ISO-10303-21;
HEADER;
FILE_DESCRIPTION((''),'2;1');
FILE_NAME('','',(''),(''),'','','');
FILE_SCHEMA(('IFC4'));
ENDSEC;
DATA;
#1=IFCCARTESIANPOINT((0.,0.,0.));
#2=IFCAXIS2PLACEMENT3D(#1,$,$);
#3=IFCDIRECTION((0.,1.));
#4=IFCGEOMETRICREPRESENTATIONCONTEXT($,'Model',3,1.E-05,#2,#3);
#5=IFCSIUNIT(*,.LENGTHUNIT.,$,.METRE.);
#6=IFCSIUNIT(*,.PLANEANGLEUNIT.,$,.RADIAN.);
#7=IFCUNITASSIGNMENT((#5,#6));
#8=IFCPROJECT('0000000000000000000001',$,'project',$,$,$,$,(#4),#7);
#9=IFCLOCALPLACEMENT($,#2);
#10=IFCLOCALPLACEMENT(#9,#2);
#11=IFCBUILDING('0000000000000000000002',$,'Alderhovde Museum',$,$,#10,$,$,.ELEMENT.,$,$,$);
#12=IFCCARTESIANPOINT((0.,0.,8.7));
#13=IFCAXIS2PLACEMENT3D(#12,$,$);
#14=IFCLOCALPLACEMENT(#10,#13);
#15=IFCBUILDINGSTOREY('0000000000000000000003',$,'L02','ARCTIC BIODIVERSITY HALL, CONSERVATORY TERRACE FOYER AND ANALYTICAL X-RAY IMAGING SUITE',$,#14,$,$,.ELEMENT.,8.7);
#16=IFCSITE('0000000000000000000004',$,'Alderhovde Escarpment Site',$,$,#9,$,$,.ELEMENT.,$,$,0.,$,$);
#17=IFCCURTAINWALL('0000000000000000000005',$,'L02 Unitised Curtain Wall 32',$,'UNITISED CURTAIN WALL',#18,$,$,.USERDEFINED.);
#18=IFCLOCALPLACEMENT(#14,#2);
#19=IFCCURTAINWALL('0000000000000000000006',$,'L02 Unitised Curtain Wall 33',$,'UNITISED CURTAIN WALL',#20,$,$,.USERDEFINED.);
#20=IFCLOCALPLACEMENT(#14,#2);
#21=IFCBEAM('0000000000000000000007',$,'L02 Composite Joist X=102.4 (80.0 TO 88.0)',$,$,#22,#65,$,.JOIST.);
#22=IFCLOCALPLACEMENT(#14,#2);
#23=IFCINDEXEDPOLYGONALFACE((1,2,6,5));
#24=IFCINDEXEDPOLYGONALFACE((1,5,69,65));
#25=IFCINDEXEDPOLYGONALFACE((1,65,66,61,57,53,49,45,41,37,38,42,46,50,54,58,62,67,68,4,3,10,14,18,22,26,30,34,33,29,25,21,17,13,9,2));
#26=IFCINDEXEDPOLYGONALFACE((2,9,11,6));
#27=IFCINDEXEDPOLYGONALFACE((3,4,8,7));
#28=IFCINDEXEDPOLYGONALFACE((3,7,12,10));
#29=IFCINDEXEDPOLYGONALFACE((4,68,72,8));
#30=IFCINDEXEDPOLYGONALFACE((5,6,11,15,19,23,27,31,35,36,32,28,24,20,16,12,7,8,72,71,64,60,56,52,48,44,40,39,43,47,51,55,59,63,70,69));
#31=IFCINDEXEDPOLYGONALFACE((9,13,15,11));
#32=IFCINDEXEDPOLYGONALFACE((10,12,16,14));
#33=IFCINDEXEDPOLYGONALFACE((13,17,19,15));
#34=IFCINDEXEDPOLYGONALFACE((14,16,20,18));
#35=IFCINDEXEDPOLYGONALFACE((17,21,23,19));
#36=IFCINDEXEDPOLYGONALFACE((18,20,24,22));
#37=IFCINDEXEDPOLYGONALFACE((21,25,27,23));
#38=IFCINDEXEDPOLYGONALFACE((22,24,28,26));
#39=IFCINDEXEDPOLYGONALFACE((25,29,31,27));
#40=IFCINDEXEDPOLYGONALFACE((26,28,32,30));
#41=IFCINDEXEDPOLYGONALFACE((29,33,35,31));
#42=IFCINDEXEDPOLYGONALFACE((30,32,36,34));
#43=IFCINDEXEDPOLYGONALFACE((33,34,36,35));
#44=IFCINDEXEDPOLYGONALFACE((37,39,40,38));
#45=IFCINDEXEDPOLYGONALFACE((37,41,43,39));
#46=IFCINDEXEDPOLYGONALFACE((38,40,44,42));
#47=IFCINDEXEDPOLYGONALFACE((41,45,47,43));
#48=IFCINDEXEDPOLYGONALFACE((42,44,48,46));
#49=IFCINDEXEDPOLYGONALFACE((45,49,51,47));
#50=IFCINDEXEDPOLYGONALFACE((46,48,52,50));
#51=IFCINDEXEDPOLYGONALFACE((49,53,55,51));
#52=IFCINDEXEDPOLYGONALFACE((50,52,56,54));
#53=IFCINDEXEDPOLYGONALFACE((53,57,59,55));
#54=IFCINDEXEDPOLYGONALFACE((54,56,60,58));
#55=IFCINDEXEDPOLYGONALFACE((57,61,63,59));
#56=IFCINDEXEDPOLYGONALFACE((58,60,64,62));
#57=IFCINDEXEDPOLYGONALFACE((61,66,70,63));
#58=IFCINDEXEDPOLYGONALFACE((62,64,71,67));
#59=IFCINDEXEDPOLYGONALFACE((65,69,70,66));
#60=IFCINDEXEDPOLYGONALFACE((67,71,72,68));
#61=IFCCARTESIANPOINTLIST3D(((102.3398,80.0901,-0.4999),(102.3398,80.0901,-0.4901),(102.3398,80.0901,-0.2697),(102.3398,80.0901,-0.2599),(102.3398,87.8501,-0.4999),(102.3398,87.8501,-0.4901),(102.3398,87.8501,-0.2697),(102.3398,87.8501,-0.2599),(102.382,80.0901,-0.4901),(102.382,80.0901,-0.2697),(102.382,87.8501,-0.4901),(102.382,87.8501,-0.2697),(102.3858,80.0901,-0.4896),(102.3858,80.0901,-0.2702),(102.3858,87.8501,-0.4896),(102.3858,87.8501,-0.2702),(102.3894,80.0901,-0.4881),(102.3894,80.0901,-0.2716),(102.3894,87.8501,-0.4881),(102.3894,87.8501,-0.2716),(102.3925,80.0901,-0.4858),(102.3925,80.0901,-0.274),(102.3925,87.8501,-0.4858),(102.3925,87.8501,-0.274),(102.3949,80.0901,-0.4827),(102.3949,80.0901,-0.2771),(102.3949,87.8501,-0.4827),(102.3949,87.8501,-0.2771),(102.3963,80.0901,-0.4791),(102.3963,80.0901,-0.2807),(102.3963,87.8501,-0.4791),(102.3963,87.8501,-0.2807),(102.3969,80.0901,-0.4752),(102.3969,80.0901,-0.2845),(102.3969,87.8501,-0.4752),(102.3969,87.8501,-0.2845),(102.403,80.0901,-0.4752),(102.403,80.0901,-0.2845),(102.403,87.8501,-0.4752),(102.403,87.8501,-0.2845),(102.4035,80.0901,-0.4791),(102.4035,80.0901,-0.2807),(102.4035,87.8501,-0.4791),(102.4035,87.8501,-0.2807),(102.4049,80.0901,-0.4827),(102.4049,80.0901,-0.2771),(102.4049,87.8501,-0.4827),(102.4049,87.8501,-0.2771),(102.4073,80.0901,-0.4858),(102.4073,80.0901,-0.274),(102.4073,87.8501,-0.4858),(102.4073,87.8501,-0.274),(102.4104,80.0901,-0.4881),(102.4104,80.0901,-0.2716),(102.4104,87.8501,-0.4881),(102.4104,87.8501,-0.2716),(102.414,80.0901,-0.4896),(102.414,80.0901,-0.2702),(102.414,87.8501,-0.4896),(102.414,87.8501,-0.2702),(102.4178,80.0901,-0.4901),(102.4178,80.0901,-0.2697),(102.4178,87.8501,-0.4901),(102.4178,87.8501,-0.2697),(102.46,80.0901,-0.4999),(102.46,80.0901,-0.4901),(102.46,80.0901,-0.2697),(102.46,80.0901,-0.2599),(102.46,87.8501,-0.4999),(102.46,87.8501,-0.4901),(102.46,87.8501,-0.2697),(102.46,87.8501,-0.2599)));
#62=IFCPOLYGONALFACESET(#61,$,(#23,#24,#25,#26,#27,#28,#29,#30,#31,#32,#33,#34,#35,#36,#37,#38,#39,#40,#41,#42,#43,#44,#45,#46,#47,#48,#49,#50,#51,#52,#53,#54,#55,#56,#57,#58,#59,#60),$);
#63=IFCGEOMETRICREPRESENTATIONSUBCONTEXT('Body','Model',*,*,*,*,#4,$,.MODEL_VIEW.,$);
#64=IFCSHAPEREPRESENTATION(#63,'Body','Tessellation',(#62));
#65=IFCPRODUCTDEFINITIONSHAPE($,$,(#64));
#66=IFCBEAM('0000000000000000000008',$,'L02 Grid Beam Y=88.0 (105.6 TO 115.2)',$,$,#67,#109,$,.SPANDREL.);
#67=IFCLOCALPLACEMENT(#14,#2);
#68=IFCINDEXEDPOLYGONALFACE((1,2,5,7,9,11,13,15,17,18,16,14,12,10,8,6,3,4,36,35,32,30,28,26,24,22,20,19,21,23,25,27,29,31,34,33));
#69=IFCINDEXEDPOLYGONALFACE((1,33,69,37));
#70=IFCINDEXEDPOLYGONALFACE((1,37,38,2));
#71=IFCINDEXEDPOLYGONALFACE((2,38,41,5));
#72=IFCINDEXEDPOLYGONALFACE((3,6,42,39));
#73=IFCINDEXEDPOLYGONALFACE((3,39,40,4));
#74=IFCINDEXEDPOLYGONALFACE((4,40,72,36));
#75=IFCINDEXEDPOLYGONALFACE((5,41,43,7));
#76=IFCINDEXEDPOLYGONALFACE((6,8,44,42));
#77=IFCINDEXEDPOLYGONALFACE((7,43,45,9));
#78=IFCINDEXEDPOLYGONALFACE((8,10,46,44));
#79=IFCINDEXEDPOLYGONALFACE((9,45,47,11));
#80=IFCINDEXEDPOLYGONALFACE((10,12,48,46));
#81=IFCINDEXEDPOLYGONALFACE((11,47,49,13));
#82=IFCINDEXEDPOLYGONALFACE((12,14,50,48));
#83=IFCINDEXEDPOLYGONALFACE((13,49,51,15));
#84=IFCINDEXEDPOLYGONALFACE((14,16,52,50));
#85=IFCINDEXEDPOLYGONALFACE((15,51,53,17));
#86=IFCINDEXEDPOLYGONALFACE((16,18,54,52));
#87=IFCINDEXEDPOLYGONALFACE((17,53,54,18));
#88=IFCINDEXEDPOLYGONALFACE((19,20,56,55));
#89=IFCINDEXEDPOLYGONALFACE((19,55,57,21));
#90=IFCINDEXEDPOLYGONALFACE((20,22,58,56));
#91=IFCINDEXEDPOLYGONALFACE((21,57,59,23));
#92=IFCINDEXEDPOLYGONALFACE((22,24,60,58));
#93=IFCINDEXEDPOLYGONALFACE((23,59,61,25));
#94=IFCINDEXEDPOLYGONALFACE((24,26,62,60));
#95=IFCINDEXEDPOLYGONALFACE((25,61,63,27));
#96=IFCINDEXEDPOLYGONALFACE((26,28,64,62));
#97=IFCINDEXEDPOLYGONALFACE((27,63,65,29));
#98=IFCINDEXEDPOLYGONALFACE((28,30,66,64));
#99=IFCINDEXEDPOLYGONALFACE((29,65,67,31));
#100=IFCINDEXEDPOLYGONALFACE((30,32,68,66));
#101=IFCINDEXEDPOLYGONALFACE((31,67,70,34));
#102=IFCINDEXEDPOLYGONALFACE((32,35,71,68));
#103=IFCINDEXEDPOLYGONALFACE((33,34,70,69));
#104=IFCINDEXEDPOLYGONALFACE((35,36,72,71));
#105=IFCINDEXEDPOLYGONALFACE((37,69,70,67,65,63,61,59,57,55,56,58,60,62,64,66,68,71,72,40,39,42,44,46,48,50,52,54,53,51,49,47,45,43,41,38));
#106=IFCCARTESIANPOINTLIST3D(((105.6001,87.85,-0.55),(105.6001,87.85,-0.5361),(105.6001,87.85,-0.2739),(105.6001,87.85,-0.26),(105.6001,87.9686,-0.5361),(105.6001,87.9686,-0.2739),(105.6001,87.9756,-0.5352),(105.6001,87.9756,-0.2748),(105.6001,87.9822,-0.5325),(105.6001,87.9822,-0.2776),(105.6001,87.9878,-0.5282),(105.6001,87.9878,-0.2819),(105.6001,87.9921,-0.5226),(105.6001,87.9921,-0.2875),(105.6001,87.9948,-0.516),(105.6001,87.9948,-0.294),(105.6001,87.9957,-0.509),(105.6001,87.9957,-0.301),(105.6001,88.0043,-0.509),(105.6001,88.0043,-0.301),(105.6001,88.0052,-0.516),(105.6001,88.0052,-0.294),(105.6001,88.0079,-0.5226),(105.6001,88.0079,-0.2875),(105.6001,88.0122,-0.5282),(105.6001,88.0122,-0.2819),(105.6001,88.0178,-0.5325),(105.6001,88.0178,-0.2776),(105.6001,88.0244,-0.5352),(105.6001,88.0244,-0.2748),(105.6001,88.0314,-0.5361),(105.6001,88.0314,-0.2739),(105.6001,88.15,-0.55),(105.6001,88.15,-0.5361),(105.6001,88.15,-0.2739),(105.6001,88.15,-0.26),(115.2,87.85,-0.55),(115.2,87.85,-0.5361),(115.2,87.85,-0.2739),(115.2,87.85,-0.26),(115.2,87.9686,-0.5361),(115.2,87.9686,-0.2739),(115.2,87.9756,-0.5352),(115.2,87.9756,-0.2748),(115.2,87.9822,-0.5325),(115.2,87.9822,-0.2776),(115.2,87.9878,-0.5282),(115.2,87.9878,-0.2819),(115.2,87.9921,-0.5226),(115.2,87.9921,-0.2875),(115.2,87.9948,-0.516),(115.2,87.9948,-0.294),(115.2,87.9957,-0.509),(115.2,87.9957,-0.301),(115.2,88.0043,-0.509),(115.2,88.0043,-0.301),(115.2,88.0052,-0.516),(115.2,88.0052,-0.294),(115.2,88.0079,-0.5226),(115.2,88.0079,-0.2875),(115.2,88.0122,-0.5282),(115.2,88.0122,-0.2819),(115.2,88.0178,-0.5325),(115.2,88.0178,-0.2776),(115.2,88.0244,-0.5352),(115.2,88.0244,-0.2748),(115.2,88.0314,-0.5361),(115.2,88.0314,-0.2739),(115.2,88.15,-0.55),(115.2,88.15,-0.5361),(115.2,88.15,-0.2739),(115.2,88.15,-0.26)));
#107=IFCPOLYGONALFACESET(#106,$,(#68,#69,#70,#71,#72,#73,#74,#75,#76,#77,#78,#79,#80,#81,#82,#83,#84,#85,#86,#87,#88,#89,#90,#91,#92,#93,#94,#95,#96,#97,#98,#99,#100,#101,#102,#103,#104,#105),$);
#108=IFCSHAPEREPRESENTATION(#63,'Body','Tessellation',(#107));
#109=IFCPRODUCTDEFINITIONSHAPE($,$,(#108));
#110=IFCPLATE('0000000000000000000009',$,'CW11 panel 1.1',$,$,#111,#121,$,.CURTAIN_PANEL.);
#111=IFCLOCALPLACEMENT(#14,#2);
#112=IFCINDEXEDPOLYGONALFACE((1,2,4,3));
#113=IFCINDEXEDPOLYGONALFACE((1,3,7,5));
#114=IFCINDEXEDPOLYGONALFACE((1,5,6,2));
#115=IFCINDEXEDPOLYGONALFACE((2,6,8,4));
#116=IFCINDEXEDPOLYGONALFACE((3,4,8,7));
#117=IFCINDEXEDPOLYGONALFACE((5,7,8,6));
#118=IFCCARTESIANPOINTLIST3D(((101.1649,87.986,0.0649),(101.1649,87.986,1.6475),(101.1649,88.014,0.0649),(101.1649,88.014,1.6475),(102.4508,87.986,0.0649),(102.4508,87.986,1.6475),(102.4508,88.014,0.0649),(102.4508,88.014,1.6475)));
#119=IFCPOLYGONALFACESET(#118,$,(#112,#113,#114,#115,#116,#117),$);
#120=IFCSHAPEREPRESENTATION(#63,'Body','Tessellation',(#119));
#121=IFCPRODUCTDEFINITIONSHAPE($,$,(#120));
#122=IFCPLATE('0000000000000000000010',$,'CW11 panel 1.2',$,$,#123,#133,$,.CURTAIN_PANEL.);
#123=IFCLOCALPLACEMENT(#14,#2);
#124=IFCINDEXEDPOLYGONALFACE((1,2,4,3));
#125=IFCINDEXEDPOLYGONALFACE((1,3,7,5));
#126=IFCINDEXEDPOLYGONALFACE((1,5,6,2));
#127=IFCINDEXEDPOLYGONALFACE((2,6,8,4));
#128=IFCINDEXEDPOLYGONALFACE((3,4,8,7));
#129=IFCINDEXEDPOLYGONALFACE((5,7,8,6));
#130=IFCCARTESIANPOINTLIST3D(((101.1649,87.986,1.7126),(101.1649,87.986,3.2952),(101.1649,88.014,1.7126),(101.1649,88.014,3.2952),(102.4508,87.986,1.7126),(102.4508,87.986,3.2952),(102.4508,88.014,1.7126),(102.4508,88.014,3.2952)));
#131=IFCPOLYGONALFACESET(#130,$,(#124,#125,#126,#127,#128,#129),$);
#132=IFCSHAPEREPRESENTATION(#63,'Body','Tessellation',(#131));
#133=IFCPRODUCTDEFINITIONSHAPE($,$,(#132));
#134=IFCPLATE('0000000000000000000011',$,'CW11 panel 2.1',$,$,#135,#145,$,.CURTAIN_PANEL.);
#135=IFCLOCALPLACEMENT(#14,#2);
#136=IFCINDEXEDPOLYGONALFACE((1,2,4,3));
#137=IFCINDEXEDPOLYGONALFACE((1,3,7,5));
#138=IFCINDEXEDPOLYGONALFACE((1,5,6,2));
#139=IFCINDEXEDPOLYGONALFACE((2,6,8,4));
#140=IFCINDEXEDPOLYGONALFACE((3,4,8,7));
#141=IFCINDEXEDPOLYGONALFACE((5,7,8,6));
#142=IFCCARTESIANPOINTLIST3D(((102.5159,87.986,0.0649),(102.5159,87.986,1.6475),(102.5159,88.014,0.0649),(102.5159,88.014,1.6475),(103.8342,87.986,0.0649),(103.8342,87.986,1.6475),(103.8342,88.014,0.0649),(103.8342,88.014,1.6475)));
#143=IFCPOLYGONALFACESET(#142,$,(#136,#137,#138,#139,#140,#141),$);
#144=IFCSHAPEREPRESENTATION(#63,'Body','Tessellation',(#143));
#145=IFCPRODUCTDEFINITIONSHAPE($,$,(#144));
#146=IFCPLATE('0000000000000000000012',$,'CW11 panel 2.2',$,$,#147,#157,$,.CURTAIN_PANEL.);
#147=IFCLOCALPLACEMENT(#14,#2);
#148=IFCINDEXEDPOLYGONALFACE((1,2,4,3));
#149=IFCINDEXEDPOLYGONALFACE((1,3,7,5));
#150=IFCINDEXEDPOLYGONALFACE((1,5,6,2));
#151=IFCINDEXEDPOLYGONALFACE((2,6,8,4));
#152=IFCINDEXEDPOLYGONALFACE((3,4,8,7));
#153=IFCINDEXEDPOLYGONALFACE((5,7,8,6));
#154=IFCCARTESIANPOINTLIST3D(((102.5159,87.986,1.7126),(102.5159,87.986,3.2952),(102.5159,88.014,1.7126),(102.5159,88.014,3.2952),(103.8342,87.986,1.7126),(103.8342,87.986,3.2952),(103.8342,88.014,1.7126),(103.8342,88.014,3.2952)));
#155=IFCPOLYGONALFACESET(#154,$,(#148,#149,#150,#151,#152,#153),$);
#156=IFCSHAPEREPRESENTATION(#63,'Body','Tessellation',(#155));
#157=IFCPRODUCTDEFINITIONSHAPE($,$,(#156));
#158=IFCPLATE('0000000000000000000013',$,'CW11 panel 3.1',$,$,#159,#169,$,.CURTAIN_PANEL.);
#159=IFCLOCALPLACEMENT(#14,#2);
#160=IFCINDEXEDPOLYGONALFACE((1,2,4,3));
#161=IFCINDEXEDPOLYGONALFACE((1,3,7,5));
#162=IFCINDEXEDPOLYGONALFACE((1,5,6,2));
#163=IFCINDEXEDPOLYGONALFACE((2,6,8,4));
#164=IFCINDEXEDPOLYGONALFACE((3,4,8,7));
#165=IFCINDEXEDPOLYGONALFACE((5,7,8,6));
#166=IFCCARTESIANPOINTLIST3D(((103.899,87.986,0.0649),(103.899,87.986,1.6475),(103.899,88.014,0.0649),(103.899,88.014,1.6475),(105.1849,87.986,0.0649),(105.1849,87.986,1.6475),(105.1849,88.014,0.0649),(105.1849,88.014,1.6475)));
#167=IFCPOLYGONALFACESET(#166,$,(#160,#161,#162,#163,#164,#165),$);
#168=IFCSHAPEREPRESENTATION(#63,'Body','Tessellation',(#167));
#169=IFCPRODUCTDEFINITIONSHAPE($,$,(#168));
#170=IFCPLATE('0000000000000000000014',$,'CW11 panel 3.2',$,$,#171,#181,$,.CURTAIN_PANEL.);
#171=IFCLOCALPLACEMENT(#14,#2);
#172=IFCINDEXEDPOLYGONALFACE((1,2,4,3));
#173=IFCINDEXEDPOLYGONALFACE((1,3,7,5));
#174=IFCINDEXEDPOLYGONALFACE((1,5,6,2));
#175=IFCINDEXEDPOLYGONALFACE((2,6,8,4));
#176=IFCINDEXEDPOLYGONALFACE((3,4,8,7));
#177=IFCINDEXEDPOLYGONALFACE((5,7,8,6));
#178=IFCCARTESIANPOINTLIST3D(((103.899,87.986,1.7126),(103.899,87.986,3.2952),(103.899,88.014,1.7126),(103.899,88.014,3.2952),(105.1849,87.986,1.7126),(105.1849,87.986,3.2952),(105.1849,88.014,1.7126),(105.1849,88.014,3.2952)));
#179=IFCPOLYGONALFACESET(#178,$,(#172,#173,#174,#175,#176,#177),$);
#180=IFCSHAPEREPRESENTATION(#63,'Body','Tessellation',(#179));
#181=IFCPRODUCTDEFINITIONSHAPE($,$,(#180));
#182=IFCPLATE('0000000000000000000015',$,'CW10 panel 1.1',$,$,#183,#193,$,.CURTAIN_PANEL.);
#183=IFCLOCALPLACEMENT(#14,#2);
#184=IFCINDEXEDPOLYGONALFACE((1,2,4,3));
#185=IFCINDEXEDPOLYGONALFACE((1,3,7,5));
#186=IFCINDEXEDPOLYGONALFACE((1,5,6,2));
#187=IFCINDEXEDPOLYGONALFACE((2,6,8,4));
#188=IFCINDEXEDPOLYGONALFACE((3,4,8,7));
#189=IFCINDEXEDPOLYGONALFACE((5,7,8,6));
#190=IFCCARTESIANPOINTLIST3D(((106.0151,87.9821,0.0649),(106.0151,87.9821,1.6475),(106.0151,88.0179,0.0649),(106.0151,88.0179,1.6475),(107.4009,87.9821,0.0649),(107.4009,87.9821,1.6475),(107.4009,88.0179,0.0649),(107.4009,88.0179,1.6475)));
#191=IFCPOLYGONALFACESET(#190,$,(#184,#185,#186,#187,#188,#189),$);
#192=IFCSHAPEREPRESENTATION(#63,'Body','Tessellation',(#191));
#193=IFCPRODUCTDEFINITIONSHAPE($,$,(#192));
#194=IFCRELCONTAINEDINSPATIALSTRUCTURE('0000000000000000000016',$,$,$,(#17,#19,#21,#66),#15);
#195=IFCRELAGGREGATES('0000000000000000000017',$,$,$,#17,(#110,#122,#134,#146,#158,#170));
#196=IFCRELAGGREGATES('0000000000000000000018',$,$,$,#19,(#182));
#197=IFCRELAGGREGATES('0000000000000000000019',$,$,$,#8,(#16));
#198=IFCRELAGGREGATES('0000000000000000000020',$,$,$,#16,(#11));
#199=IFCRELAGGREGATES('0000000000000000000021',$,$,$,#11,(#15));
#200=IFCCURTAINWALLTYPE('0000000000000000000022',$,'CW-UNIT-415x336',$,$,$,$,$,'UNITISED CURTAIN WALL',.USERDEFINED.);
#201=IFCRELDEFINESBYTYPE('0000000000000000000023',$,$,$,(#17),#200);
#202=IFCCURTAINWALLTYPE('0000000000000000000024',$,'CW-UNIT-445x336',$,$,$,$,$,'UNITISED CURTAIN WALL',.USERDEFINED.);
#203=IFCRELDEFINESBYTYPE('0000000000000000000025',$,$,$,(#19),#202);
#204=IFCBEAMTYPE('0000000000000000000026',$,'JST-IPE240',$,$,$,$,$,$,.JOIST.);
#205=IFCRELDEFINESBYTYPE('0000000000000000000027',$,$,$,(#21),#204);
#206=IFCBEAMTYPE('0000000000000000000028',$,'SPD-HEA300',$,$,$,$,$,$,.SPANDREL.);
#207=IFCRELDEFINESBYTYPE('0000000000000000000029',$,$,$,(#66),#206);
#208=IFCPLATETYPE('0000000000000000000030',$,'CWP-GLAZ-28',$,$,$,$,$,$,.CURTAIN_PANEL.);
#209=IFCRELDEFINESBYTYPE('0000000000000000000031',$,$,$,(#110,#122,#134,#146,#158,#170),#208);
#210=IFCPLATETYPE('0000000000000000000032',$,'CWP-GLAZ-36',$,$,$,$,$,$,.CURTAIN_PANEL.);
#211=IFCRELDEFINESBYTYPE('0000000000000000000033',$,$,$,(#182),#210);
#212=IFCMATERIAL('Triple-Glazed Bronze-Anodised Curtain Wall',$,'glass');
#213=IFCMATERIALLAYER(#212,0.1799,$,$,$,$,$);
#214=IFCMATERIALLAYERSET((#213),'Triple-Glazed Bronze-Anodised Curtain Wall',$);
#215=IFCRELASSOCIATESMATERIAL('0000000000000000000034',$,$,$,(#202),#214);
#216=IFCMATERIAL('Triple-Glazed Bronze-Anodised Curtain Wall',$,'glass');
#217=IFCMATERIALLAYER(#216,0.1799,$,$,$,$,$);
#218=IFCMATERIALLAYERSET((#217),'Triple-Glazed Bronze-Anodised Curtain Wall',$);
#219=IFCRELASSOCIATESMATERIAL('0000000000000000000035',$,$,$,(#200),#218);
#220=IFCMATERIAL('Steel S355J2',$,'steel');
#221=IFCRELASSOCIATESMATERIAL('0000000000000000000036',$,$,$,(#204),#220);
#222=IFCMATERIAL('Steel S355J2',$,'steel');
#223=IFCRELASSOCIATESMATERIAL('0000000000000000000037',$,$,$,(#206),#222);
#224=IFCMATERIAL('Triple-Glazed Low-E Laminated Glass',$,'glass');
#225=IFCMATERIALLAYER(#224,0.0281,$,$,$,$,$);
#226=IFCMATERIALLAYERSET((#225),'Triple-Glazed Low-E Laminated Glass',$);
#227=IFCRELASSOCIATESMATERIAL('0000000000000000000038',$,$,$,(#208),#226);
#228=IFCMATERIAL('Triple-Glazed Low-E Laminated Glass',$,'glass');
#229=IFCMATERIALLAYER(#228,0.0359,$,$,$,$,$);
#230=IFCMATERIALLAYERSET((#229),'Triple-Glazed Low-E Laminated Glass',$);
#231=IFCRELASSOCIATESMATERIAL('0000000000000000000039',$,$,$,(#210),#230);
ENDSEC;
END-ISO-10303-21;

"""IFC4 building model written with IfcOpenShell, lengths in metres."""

from ifc_helpers import new_model, si_unit, direction, frame, origin, origin_2d, place, context, subcontext, project, spatial, rectangle, i_section, extrude, material, layer, layer_set, material_profile, profile_set, type_object, element, aggregate, save


model = new_model("IFC4")

# Units and contexts
model_context = context("Model", 3, precision=1e-05, world=origin(), true_north=direction((0.0, 1.0)))
body_context = subcontext(model_context, "Body", "Model", "MODEL_VIEW")
ifc_project = project(units=[si_unit("LENGTHUNIT", "METRE"), si_unit("PLANEANGLEUNIT", "RADIAN")], contexts=[model_context])

# Site, building, storey
site_placement = place(None, origin())
site = spatial("IfcSite", under=ifc_project, at=site_placement, Name="Alderhovde Escarpment Site", CompositionType="ELEMENT", RefElevation=0.0)
building_placement = place(site_placement, origin())
building = spatial("IfcBuilding", under=site, at=building_placement, Name="Alderhovde Museum", CompositionType="ELEMENT")
storey_placement = place(building_placement, frame((0.0, 0.0, 8.7)))
storey = spatial("IfcBuildingStorey", under=building, at=storey_placement, Name="L02", Description="ARCTIC BIODIVERSITY HALL, CONSERVATORY TERRACE FOYER AND ANALYTICAL X-RAY IMAGING SUITE", CompositionType="ELEMENT", Elevation=8.7)

# Shared definitions
ifc_material_1 = material(Name="Triple-Glazed Bronze-Anodised Curtain Wall", Category="glass")
ifc_layer_1 = layer(ifc_material_1, 0.1799)
ifc_layer_set_1 = layer_set([ifc_layer_1], Name="Triple-Glazed Bronze-Anodised Curtain Wall")
curtain_wall_type_1 = type_object("IfcCurtainWallType", Name="CW-UNIT-445x336", ElementType="UNITISED CURTAIN WALL", PredefinedType="USERDEFINED", material=ifc_layer_set_1)

# Curtain walls
ifc_material_2 = material(Name="Triple-Glazed Bronze-Anodised Curtain Wall", Category="glass")
ifc_layer_2 = layer(ifc_material_2, 0.1799)
ifc_layer_set_2 = layer_set([ifc_layer_2], Name="Triple-Glazed Bronze-Anodised Curtain Wall")
curtain_wall_type_2 = type_object("IfcCurtainWallType", Name="CW-UNIT-415x336", ElementType="UNITISED CURTAIN WALL", PredefinedType="USERDEFINED", material=ifc_layer_set_2)
curtain_wall_1_placement = place(storey_placement, origin())
curtain_wall_1 = element("IfcCurtainWall", 1, at=curtain_wall_1_placement, inside=storey, type_object=curtain_wall_type_2, Name="L02 Unitised Curtain Wall 32", ObjectType="UNITISED CURTAIN WALL", PredefinedType="USERDEFINED")
curtain_wall_2_placement = place(storey_placement, origin())
curtain_wall_2 = element("IfcCurtainWall", 2, at=curtain_wall_2_placement, inside=storey, type_object=curtain_wall_type_1, Name="L02 Unitised Curtain Wall 33", ObjectType="UNITISED CURTAIN WALL", PredefinedType="USERDEFINED")

# Beams
ifc_material_3 = material(Name="Steel S355J2", Category="steel")
ifc_material_profile_1 = material_profile(ifc_material_3, i_section(OverallWidth=0.1201, OverallDepth=0.24, WebThickness=0.0061, FlangeThickness=0.0098, FilletRadius=0.0149, at=origin_2d()), Name="IPE 240")
ifc_profile_set_1 = profile_set([ifc_material_profile_1], Name="Steel S355J2")
beam_type_1 = type_object("IfcBeamType", Name="JST-IPE240", PredefinedType="JOIST", material=ifc_profile_set_1)
beam_1_placement = place(storey_placement, frame((102.3999, 80.0901, -0.3799), z_axis=(0.0, 1.0, 0.0), x_axis=(-1.0, 0.0, 0.0)))
element("IfcBeam", 3, at=beam_1_placement, inside=storey, type_object=beam_type_1, Name="L02 Composite Joist X=102.4 (80.0 TO 88.0)", PredefinedType="JOIST", context=body_context, shape_type="SweptSolid", body=[
    extrude(i_section(OverallWidth=0.1201, OverallDepth=0.24, WebThickness=0.0061, FlangeThickness=0.0098, FilletRadius=0.0149, at=origin_2d()), origin(), (0.0, 0.0, 1.0), 7.76),
])
ifc_material_4 = material(Name="Steel S355J2", Category="steel")
ifc_material_profile_2 = material_profile(ifc_material_4, i_section(OverallWidth=0.3, OverallDepth=0.29, WebThickness=0.0085, FlangeThickness=0.0139, FilletRadius=0.0271, at=origin_2d()), Name="HEA 300")
ifc_profile_set_2 = profile_set([ifc_material_profile_2], Name="Steel S355J2")
beam_type_2 = type_object("IfcBeamType", Name="SPD-HEA300", PredefinedType="SPANDREL", material=ifc_profile_set_2)
beam_2_placement = place(storey_placement, frame((105.6001, 88.0, -0.405), z_axis=(1.0, 0.0, 0.0), x_axis=(0.0, 1.0, 0.0)))
element("IfcBeam", 4, at=beam_2_placement, inside=storey, type_object=beam_type_2, Name="L02 Grid Beam Y=88.0 (105.6 TO 115.2)", PredefinedType="SPANDREL", context=body_context, shape_type="SweptSolid", body=[
    extrude(i_section(OverallWidth=0.3, OverallDepth=0.29, WebThickness=0.0085, FlangeThickness=0.0139, FilletRadius=0.0271, at=origin_2d()), origin(), (0.0, 0.0, 1.0), 9.5999),
])

# Plates
ifc_material_5 = material(Name="Triple-Glazed Low-E Laminated Glass", Category="glass")
ifc_layer_3 = layer(ifc_material_5, 0.0281)
ifc_layer_set_3 = layer_set([ifc_layer_3], Name="Triple-Glazed Low-E Laminated Glass")
plate_type_1 = type_object("IfcPlateType", Name="CWP-GLAZ-28", PredefinedType="CURTAIN_PANEL", material=ifc_layer_set_3)
plate_1_placement = place(storey_placement, frame((101.8079, 88.0, 0.0649), z_axis=(0.0, 0.0, 1.0), x_axis=(1.0, 0.0, 0.0)))
plate_1 = element("IfcPlate", 5, at=plate_1_placement, type_object=plate_type_1, Name="CW11 panel 1.1", PredefinedType="CURTAIN_PANEL", context=body_context, shape_type="SweptSolid", body=[
    extrude(rectangle(XDim=1.2859, YDim=0.0281, at=origin_2d()), origin(), (0.0, 0.0, 1.0), 1.5825),
])
plate_2_placement = place(storey_placement, frame((101.8079, 88.0, 1.7126), z_axis=(0.0, 0.0, 1.0), x_axis=(1.0, 0.0, 0.0)))
plate_2 = element("IfcPlate", 6, at=plate_2_placement, type_object=plate_type_1, Name="CW11 panel 1.2", PredefinedType="CURTAIN_PANEL", context=body_context, shape_type="SweptSolid", body=[
    extrude(rectangle(XDim=1.2859, YDim=0.0281, at=origin_2d()), origin(), (0.0, 0.0, 1.0), 1.5825),
])
plate_3_placement = place(storey_placement, frame((103.175, 88.0, 0.0649), z_axis=(0.0, 0.0, 1.0), x_axis=(1.0, 0.0, 0.0)))
plate_3 = element("IfcPlate", 7, at=plate_3_placement, type_object=plate_type_1, Name="CW11 panel 2.1", PredefinedType="CURTAIN_PANEL", context=body_context, shape_type="SweptSolid", body=[
    extrude(rectangle(XDim=1.3184, YDim=0.0281, at=origin_2d()), origin(), (0.0, 0.0, 1.0), 1.5825),
])
plate_4_placement = place(storey_placement, frame((103.175, 88.0, 1.7126), z_axis=(0.0, 0.0, 1.0), x_axis=(1.0, 0.0, 0.0)))
plate_4 = element("IfcPlate", 8, at=plate_4_placement, type_object=plate_type_1, Name="CW11 panel 2.2", PredefinedType="CURTAIN_PANEL", context=body_context, shape_type="SweptSolid", body=[
    extrude(rectangle(XDim=1.3184, YDim=0.0281, at=origin_2d()), origin(), (0.0, 0.0, 1.0), 1.5825),
])
plate_5_placement = place(storey_placement, frame((104.542, 88.0, 0.0649), z_axis=(0.0, 0.0, 1.0), x_axis=(1.0, 0.0, 0.0)))
plate_5 = element("IfcPlate", 9, at=plate_5_placement, type_object=plate_type_1, Name="CW11 panel 3.1", PredefinedType="CURTAIN_PANEL", context=body_context, shape_type="SweptSolid", body=[
    extrude(rectangle(XDim=1.2859, YDim=0.0281, at=origin_2d()), origin(), (0.0, 0.0, 1.0), 1.5825),
])
plate_6_placement = place(storey_placement, frame((104.542, 88.0, 1.7126), z_axis=(0.0, 0.0, 1.0), x_axis=(1.0, 0.0, 0.0)))
plate_6 = element("IfcPlate", 10, at=plate_6_placement, type_object=plate_type_1, Name="CW11 panel 3.2", PredefinedType="CURTAIN_PANEL", context=body_context, shape_type="SweptSolid", body=[
    extrude(rectangle(XDim=1.2859, YDim=0.0281, at=origin_2d()), origin(), (0.0, 0.0, 1.0), 1.5825),
])
aggregate(curtain_wall_1, [plate_1, plate_2, plate_3, plate_4, plate_5, plate_6])
ifc_material_6 = material(Name="Triple-Glazed Low-E Laminated Glass", Category="glass")
ifc_layer_4 = layer(ifc_material_6, 0.0359)
ifc_layer_set_4 = layer_set([ifc_layer_4], Name="Triple-Glazed Low-E Laminated Glass")
plate_type_2 = type_object("IfcPlateType", Name="CWP-GLAZ-36", PredefinedType="CURTAIN_PANEL", material=ifc_layer_set_4)
plate_7_placement = place(storey_placement, frame((106.708, 88.0, 0.0649), z_axis=(0.0, 0.0, 1.0), x_axis=(1.0, 0.0, 0.0)))
plate_7 = element("IfcPlate", 11, at=plate_7_placement, type_object=plate_type_2, Name="CW10 panel 1.1", PredefinedType="CURTAIN_PANEL", context=body_context, shape_type="SweptSolid", body=[
    extrude(rectangle(XDim=1.3857, YDim=0.0359, at=origin_2d()), origin(), (0.0, 0.0, 1.0), 1.5825),
])
aggregate(curtain_wall_2, [plate_7])

save(model, "model.ifc")
